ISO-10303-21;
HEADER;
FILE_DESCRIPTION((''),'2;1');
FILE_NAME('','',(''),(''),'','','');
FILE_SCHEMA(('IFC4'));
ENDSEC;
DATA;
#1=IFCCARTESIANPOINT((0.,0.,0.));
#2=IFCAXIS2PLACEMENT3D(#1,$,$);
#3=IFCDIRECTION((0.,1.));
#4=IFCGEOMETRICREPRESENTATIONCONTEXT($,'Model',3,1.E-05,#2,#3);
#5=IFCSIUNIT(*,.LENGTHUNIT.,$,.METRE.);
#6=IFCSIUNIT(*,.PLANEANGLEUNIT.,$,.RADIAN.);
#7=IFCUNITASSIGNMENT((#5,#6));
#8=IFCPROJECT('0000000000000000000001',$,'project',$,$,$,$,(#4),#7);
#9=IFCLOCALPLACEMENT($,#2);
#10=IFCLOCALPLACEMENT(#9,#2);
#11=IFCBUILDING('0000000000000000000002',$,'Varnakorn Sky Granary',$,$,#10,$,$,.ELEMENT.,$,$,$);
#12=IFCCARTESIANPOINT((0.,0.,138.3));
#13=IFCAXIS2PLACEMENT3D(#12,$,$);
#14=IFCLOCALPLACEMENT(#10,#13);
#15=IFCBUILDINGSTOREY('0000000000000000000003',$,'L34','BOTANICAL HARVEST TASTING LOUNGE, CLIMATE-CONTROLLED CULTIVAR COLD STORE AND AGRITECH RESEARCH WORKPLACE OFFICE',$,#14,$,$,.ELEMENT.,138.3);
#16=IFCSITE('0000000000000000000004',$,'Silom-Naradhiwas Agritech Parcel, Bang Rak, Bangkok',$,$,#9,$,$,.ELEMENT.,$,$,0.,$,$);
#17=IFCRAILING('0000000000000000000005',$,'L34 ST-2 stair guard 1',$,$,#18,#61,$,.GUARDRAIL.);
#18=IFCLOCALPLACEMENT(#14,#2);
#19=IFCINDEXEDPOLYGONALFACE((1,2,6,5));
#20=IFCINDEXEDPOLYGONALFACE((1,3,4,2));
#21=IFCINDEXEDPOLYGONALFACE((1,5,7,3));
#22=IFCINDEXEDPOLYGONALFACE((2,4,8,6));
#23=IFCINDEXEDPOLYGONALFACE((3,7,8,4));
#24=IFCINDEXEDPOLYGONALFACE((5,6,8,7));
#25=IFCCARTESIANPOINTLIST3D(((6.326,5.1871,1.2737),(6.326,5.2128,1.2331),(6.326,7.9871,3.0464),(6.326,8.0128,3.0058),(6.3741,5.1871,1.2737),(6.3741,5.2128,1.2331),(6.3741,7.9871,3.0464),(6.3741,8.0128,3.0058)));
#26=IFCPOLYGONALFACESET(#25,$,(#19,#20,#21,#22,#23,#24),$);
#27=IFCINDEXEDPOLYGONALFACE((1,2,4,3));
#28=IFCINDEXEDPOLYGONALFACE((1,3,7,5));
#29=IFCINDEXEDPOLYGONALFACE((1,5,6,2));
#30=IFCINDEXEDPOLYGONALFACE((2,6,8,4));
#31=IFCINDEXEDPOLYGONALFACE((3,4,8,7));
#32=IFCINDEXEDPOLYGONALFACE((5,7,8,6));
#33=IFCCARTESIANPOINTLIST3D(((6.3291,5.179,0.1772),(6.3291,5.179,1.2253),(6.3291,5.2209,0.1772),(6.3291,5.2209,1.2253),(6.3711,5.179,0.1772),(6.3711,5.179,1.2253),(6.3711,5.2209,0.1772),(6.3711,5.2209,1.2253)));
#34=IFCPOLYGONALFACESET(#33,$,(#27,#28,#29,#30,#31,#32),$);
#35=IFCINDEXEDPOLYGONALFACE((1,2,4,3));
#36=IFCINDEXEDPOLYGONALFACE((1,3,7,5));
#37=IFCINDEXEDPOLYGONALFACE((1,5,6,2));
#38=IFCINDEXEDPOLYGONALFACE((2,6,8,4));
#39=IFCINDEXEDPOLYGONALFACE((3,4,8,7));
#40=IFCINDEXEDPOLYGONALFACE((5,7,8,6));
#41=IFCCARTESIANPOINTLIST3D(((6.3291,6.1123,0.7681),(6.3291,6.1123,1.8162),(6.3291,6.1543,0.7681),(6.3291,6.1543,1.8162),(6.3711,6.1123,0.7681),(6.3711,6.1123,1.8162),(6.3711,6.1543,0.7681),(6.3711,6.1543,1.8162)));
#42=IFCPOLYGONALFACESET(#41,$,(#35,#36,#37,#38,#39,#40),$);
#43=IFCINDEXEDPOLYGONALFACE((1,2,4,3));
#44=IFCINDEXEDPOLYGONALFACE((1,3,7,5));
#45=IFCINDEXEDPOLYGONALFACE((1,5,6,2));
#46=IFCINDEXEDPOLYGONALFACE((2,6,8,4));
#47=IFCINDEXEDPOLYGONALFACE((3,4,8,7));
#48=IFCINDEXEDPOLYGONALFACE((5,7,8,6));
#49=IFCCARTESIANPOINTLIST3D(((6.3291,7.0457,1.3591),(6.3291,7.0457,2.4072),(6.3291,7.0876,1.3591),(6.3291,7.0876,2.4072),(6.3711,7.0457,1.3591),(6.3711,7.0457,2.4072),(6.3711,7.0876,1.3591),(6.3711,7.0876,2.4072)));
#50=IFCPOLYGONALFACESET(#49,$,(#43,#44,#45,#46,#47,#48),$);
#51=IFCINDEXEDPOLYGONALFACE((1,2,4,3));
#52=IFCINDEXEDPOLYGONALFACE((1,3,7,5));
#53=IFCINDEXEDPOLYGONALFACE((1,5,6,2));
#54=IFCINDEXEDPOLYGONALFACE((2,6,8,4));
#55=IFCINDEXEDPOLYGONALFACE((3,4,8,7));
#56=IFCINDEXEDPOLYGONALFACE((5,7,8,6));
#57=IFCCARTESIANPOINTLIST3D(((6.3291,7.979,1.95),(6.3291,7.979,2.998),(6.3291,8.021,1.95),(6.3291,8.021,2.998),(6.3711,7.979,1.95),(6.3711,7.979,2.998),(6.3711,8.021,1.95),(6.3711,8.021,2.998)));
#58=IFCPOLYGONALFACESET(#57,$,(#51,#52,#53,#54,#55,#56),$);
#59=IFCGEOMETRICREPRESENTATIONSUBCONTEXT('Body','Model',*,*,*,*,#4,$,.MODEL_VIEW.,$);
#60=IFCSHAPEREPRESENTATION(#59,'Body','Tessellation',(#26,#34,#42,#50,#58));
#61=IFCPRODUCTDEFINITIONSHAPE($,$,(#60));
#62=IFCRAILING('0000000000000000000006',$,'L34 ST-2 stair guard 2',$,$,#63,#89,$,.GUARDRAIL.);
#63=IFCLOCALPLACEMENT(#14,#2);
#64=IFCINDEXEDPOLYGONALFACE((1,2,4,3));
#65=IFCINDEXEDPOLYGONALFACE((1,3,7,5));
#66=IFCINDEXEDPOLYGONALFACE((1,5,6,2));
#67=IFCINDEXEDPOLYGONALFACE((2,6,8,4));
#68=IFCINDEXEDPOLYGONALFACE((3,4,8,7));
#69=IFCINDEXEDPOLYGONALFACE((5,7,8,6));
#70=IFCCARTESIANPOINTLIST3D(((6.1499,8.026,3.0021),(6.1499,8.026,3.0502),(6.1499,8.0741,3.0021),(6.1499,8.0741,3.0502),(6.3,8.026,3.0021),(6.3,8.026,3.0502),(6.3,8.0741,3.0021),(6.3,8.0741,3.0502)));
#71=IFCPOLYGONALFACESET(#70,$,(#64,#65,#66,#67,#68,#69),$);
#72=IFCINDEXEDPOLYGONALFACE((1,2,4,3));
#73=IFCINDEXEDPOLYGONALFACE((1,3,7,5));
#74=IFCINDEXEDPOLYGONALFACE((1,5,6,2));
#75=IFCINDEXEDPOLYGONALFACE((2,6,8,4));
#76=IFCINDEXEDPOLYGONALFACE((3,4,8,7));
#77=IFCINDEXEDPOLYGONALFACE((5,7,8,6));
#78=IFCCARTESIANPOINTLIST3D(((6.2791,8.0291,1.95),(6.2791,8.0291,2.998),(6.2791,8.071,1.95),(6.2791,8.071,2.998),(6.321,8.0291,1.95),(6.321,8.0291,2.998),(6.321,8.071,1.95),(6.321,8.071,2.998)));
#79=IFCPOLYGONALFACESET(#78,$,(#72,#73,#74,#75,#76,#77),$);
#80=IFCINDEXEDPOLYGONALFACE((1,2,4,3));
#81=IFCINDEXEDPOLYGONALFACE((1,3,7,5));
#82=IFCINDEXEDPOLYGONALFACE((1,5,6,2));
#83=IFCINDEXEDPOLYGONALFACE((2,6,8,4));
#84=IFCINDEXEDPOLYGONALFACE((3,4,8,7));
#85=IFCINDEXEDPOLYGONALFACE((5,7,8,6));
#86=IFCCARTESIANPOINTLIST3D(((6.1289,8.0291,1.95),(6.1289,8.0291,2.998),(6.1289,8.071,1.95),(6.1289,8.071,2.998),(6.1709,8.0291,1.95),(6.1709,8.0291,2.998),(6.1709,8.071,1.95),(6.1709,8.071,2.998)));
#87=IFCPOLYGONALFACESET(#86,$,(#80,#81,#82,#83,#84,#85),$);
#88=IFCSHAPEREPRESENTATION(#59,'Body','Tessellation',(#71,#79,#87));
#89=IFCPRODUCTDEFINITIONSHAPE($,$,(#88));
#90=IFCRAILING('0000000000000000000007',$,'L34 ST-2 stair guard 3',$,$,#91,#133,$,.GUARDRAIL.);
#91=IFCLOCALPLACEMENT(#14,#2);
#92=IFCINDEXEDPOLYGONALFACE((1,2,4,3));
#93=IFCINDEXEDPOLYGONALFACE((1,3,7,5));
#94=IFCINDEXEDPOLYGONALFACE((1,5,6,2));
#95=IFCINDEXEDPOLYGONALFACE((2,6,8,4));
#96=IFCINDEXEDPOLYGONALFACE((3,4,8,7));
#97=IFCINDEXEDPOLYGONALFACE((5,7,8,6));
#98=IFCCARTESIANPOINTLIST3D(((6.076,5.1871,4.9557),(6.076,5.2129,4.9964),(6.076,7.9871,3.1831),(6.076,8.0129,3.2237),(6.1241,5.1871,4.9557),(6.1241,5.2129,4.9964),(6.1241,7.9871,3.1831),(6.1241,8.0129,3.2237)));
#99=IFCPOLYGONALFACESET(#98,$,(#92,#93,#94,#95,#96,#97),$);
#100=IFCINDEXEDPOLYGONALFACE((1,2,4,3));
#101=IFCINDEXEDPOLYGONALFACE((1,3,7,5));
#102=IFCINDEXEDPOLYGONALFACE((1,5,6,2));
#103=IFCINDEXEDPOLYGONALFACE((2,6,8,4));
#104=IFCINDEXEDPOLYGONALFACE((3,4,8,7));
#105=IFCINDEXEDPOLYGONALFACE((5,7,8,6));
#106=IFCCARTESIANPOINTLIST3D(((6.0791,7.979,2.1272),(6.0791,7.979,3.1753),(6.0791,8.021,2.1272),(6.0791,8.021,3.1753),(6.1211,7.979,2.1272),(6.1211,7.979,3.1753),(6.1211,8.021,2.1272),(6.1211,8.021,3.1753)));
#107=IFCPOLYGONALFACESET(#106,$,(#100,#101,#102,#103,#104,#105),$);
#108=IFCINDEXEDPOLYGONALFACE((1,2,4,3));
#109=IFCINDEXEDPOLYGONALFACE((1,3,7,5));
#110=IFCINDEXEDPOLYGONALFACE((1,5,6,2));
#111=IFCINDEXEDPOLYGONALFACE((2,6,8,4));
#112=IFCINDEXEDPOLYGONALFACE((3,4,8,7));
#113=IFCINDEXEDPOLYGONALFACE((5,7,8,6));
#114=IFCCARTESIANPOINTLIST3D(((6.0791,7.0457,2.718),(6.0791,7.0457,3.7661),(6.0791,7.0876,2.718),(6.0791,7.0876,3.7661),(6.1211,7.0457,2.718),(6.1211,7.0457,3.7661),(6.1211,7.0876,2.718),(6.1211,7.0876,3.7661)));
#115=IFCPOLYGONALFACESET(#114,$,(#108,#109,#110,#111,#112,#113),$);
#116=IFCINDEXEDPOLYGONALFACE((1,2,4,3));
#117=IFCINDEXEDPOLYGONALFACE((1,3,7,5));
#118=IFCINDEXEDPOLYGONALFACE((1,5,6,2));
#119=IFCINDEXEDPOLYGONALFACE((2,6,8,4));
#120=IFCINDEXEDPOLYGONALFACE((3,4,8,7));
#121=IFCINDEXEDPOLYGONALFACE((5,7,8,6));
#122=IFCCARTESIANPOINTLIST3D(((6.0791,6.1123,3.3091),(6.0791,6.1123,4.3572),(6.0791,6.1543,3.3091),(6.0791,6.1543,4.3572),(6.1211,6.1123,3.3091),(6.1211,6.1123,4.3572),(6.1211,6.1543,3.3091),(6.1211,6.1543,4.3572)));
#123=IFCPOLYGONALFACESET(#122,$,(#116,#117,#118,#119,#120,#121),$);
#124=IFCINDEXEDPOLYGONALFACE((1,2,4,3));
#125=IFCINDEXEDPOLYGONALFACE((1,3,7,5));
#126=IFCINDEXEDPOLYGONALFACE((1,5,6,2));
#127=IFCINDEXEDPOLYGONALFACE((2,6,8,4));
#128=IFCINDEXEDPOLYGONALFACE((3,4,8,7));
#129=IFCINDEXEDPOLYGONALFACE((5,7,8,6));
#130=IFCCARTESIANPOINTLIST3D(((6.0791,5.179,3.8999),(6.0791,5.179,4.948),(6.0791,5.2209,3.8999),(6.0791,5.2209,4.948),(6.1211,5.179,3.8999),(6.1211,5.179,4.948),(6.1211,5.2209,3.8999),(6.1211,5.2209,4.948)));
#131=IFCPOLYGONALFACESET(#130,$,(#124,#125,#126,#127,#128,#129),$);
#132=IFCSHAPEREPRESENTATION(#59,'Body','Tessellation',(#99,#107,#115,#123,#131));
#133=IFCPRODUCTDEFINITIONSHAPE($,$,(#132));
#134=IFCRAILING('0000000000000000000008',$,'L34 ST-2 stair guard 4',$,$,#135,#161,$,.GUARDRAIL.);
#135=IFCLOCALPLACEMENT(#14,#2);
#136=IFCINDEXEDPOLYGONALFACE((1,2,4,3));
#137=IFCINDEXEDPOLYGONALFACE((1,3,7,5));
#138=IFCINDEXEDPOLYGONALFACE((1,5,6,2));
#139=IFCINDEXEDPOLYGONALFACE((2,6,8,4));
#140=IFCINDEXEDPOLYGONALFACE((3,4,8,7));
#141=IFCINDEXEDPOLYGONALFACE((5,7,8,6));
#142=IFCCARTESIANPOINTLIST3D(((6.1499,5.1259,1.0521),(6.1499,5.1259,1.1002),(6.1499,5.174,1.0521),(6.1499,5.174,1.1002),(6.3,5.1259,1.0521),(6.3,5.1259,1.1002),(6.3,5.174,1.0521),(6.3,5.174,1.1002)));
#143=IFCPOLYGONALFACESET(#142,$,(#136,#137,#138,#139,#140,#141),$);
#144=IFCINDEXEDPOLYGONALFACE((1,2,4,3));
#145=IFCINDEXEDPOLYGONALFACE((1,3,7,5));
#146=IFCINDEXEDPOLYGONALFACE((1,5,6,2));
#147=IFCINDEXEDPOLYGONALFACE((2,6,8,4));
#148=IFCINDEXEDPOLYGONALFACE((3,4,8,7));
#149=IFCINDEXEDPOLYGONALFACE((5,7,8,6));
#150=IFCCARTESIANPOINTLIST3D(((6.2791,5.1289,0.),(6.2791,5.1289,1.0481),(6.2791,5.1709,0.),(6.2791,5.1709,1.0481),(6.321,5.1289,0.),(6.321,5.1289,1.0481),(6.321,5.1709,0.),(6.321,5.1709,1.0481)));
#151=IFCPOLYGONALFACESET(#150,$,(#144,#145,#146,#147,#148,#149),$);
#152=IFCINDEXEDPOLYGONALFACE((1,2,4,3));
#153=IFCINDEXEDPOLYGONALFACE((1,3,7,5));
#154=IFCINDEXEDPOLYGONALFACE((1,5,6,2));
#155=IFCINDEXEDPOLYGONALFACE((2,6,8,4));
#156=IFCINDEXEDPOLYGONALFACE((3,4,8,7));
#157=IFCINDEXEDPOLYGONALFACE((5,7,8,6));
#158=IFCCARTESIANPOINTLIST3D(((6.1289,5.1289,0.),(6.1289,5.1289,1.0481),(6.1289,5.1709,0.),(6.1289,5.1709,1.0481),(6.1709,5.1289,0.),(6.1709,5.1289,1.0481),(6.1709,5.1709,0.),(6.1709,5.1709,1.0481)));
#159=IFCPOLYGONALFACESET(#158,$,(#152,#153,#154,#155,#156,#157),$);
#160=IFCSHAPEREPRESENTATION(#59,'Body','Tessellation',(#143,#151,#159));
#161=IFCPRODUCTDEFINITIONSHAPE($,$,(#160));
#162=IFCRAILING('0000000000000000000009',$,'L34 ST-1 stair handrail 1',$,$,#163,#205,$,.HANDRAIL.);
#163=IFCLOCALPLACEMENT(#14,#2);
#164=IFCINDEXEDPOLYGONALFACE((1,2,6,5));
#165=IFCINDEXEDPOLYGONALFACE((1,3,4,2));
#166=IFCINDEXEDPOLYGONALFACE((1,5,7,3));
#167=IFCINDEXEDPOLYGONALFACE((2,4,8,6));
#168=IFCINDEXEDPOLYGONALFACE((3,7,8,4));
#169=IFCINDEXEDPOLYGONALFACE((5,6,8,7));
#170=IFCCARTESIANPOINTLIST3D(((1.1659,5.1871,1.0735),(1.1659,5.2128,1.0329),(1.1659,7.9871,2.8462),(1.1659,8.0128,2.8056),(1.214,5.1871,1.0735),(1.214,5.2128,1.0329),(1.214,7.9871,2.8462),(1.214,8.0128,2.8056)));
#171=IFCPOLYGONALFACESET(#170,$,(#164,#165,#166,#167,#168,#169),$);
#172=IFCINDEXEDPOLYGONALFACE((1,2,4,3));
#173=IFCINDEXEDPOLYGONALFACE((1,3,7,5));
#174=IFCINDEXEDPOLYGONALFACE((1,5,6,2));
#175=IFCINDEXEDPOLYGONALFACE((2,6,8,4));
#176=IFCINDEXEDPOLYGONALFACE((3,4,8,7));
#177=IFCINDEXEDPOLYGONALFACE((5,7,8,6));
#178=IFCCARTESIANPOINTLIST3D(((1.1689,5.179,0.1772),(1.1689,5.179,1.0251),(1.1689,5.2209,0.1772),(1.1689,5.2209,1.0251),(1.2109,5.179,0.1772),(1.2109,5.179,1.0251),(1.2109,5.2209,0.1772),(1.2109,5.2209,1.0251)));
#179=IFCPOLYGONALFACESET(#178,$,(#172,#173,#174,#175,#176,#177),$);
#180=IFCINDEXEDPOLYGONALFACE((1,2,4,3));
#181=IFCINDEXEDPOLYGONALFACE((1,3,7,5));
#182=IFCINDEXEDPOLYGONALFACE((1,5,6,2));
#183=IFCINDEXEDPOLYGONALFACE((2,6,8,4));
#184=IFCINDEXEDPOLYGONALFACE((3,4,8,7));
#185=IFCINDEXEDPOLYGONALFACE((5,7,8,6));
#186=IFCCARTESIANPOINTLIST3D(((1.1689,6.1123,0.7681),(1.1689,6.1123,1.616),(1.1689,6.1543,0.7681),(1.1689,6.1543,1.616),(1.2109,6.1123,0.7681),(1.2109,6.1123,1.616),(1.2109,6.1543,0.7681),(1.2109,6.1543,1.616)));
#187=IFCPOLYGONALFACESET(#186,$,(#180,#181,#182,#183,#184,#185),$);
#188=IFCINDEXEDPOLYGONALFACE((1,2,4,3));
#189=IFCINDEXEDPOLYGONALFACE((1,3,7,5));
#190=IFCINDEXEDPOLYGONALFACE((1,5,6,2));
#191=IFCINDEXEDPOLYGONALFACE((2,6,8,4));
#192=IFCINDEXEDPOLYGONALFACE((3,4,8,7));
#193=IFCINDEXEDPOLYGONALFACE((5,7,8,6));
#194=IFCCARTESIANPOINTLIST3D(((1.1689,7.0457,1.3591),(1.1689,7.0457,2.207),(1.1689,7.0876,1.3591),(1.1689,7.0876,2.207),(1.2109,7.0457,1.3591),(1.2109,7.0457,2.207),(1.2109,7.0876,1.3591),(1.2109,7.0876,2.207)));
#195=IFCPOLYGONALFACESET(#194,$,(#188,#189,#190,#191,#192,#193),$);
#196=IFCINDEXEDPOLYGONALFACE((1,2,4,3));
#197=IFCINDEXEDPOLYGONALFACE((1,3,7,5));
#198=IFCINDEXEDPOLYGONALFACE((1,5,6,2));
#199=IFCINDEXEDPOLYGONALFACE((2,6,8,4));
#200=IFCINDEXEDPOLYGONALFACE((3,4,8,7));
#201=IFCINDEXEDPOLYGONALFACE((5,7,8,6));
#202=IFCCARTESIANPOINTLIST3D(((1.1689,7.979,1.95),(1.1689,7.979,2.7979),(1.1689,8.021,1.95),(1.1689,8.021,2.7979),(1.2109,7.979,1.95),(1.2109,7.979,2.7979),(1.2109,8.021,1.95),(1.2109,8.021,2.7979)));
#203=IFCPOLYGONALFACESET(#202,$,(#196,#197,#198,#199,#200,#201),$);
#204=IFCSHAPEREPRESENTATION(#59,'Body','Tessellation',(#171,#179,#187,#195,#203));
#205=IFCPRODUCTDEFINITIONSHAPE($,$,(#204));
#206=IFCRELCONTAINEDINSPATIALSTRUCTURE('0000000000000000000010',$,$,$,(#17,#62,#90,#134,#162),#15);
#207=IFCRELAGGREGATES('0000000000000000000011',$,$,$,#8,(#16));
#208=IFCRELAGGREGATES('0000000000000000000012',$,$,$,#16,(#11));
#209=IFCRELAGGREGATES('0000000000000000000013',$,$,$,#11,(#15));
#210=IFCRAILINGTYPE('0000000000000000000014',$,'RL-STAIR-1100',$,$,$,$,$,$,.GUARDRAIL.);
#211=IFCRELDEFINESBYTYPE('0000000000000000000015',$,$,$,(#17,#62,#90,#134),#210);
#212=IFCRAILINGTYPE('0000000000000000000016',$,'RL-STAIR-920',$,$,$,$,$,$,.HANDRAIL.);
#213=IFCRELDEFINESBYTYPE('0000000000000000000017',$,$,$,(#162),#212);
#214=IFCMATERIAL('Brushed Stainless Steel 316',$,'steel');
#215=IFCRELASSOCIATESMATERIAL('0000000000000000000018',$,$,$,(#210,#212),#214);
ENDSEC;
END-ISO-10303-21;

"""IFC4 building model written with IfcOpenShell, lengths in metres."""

from ifc_helpers import new_model, si_unit, direction, frame, origin, origin_2d, place, context, subcontext, project, spatial, rectangle, extrude, material, type_object, element, save


model = new_model("IFC4")

# Units and contexts
model_context = context("Model", 3, precision=1e-05, world=origin(), true_north=direction((0.0, 1.0)))
body_context = subcontext(model_context, "Body", "Model", "MODEL_VIEW")
ifc_project = project(units=[si_unit("LENGTHUNIT", "METRE"), si_unit("PLANEANGLEUNIT", "RADIAN")], contexts=[model_context])

# Site, building, storey
site_placement = place(None, origin())
site = spatial("IfcSite", under=ifc_project, at=site_placement, Name="Silom-Naradhiwas Agritech Parcel, Bang Rak, Bangkok", CompositionType="ELEMENT", RefElevation=0.0)
building_placement = place(site_placement, origin())
building = spatial("IfcBuilding", under=site, at=building_placement, Name="Varnakorn Sky Granary", CompositionType="ELEMENT")
storey_placement = place(building_placement, frame((0.0, 0.0, 138.3)))
storey = spatial("IfcBuildingStorey", under=building, at=storey_placement, Name="L34", Description="BOTANICAL HARVEST TASTING LOUNGE, CLIMATE-CONTROLLED CULTIVAR COLD STORE AND AGRITECH RESEARCH WORKPLACE OFFICE", CompositionType="ELEMENT", Elevation=138.3)

# Railings
ifc_material_1 = material(Name="Brushed Stainless Steel 316", Category="steel")
railing_type_1 = type_object("IfcRailingType", Name="RL-STAIR-1100", PredefinedType="GUARDRAIL", material=ifc_material_1)
railing_1_placement = place(storey_placement, frame((6.3501, 5.2, 0.1772)))
element("IfcRailing", 1, at=railing_1_placement, inside=storey, type_object=railing_type_1, Name="L34 ST-2 stair guard 1", PredefinedType="GUARDRAIL", context=body_context, shape_type="SweptSolid", body=[
    extrude(rectangle(XDim=0.0481, YDim=0.0481, at=origin_2d()), frame((0.0, 0.0, 1.0762), z_axis=(0.0, 0.844909, 0.53491), x_axis=(-1.0, 0.0, 0.0)), (0.0, 0.0, 1.0), 3.314),
    extrude(rectangle(XDim=0.042, YDim=0.042, at=origin_2d()), origin(), (0.0, 0.0, 1.0), 1.0481),
    extrude(rectangle(XDim=0.042, YDim=0.042, at=origin_2d()), frame((0.0, 0.9333, 0.5908)), (0.0, 0.0, 1.0), 1.0481),
    extrude(rectangle(XDim=0.042, YDim=0.042, at=origin_2d()), frame((0.0, 1.8667, 1.1819)), (0.0, 0.0, 1.0), 1.0481),
    extrude(rectangle(XDim=0.042, YDim=0.042, at=origin_2d()), frame((0.0, 2.8, 1.7727)), (0.0, 0.0, 1.0), 1.0481),
])
railing_2_placement = place(storey_placement, frame((6.3, 8.05, 1.95)))
element("IfcRailing", 2, at=railing_2_placement, inside=storey, type_object=railing_type_1, Name="L34 ST-2 stair guard 2", PredefinedType="GUARDRAIL", context=body_context, shape_type="SweptSolid", body=[
    extrude(rectangle(XDim=0.0481, YDim=0.0481, at=origin_2d()), frame((0.0, 0.0, 1.0762), z_axis=(-1.0, 0.0, 0.0), x_axis=(0.0, -1.0, 0.0)), (0.0, 0.0, 1.0), 0.1501),
    extrude(rectangle(XDim=0.042, YDim=0.042, at=origin_2d()), origin(), (0.0, 0.0, 1.0), 1.0481),
    extrude(rectangle(XDim=0.042, YDim=0.042, at=origin_2d()), frame((-0.1501, 0.0, 0.0)), (0.0, 0.0, 1.0), 1.0481),
])
railing_3_placement = place(storey_placement, frame((6.1001, 8.0, 2.1272)))
element("IfcRailing", 3, at=railing_3_placement, inside=storey, type_object=railing_type_1, Name="L34 ST-2 stair guard 3", PredefinedType="GUARDRAIL", context=body_context, shape_type="SweptSolid", body=[
    extrude(rectangle(XDim=0.0481, YDim=0.0481, at=origin_2d()), frame((0.0, 0.0, 1.0762), z_axis=(0.0, -0.844909, 0.53491), x_axis=(1.0, 0.0, 0.0)), (0.0, 0.0, 1.0), 3.314),
    extrude(rectangle(XDim=0.042, YDim=0.042, at=origin_2d()), origin(), (0.0, 0.0, 1.0), 1.0481),
    extrude(rectangle(XDim=0.042, YDim=0.042, at=origin_2d()), frame((0.0, -0.9333, 0.5908)), (0.0, 0.0, 1.0), 1.0481),
    extrude(rectangle(XDim=0.042, YDim=0.042, at=origin_2d()), frame((0.0, -1.8667, 1.1819)), (0.0, 0.0, 1.0), 1.0481),
    extrude(rectangle(XDim=0.042, YDim=0.042, at=origin_2d()), frame((0.0, -2.8, 1.7727)), (0.0, 0.0, 1.0), 1.0481),
])
railing_4_placement = place(storey_placement, frame((6.3, 5.1499, 0.0)))
element("IfcRailing", 4, at=railing_4_placement, inside=storey, type_object=railing_type_1, Name="L34 ST-2 stair guard 4", PredefinedType="GUARDRAIL", context=body_context, shape_type="SweptSolid", body=[
    extrude(rectangle(XDim=0.0481, YDim=0.0481, at=origin_2d()), frame((0.0, 0.0, 1.0762), z_axis=(-1.0, 0.0, 0.0), x_axis=(0.0, -1.0, 0.0)), (0.0, 0.0, 1.0), 0.1501),
    extrude(rectangle(XDim=0.042, YDim=0.042, at=origin_2d()), origin(), (0.0, 0.0, 1.0), 1.0481),
    extrude(rectangle(XDim=0.042, YDim=0.042, at=origin_2d()), frame((-0.1501, 0.0, 0.0)), (0.0, 0.0, 1.0), 1.0481),
])
railing_type_2 = type_object("IfcRailingType", Name="RL-STAIR-920", PredefinedType="HANDRAIL", material=ifc_material_1)
for number, where, name in (
    (5, (1.1899, 5.2, 0.1772), "L34 ST-1 stair handrail 1"),
):
    element("IfcRailing", number, at=place(storey_placement, frame(where)), inside=storey, type_object=railing_type_2, Name=name, PredefinedType="HANDRAIL", context=body_context, shape_type="SweptSolid", body=[
        extrude(rectangle(XDim=0.0481, YDim=0.0481, at=origin_2d()), frame((0.0, 0.0, 0.876), z_axis=(0.0, 0.844909, 0.53491), x_axis=(-1.0, 0.0, 0.0)), (0.0, 0.0, 1.0), 3.314),
        extrude(rectangle(XDim=0.042, YDim=0.042, at=origin_2d()), origin(), (0.0, 0.0, 1.0), 0.8479),
        extrude(rectangle(XDim=0.042, YDim=0.042, at=origin_2d()), frame((0.0, 0.9333, 0.5908)), (0.0, 0.0, 1.0), 0.8479),
        extrude(rectangle(XDim=0.042, YDim=0.042, at=origin_2d()), frame((0.0, 1.8667, 1.1819)), (0.0, 0.0, 1.0), 0.8479),
        extrude(rectangle(XDim=0.042, YDim=0.042, at=origin_2d()), frame((0.0, 2.8, 1.7727)), (0.0, 0.0, 1.0), 0.8479),
    ])

save(model, "model.ifc")
